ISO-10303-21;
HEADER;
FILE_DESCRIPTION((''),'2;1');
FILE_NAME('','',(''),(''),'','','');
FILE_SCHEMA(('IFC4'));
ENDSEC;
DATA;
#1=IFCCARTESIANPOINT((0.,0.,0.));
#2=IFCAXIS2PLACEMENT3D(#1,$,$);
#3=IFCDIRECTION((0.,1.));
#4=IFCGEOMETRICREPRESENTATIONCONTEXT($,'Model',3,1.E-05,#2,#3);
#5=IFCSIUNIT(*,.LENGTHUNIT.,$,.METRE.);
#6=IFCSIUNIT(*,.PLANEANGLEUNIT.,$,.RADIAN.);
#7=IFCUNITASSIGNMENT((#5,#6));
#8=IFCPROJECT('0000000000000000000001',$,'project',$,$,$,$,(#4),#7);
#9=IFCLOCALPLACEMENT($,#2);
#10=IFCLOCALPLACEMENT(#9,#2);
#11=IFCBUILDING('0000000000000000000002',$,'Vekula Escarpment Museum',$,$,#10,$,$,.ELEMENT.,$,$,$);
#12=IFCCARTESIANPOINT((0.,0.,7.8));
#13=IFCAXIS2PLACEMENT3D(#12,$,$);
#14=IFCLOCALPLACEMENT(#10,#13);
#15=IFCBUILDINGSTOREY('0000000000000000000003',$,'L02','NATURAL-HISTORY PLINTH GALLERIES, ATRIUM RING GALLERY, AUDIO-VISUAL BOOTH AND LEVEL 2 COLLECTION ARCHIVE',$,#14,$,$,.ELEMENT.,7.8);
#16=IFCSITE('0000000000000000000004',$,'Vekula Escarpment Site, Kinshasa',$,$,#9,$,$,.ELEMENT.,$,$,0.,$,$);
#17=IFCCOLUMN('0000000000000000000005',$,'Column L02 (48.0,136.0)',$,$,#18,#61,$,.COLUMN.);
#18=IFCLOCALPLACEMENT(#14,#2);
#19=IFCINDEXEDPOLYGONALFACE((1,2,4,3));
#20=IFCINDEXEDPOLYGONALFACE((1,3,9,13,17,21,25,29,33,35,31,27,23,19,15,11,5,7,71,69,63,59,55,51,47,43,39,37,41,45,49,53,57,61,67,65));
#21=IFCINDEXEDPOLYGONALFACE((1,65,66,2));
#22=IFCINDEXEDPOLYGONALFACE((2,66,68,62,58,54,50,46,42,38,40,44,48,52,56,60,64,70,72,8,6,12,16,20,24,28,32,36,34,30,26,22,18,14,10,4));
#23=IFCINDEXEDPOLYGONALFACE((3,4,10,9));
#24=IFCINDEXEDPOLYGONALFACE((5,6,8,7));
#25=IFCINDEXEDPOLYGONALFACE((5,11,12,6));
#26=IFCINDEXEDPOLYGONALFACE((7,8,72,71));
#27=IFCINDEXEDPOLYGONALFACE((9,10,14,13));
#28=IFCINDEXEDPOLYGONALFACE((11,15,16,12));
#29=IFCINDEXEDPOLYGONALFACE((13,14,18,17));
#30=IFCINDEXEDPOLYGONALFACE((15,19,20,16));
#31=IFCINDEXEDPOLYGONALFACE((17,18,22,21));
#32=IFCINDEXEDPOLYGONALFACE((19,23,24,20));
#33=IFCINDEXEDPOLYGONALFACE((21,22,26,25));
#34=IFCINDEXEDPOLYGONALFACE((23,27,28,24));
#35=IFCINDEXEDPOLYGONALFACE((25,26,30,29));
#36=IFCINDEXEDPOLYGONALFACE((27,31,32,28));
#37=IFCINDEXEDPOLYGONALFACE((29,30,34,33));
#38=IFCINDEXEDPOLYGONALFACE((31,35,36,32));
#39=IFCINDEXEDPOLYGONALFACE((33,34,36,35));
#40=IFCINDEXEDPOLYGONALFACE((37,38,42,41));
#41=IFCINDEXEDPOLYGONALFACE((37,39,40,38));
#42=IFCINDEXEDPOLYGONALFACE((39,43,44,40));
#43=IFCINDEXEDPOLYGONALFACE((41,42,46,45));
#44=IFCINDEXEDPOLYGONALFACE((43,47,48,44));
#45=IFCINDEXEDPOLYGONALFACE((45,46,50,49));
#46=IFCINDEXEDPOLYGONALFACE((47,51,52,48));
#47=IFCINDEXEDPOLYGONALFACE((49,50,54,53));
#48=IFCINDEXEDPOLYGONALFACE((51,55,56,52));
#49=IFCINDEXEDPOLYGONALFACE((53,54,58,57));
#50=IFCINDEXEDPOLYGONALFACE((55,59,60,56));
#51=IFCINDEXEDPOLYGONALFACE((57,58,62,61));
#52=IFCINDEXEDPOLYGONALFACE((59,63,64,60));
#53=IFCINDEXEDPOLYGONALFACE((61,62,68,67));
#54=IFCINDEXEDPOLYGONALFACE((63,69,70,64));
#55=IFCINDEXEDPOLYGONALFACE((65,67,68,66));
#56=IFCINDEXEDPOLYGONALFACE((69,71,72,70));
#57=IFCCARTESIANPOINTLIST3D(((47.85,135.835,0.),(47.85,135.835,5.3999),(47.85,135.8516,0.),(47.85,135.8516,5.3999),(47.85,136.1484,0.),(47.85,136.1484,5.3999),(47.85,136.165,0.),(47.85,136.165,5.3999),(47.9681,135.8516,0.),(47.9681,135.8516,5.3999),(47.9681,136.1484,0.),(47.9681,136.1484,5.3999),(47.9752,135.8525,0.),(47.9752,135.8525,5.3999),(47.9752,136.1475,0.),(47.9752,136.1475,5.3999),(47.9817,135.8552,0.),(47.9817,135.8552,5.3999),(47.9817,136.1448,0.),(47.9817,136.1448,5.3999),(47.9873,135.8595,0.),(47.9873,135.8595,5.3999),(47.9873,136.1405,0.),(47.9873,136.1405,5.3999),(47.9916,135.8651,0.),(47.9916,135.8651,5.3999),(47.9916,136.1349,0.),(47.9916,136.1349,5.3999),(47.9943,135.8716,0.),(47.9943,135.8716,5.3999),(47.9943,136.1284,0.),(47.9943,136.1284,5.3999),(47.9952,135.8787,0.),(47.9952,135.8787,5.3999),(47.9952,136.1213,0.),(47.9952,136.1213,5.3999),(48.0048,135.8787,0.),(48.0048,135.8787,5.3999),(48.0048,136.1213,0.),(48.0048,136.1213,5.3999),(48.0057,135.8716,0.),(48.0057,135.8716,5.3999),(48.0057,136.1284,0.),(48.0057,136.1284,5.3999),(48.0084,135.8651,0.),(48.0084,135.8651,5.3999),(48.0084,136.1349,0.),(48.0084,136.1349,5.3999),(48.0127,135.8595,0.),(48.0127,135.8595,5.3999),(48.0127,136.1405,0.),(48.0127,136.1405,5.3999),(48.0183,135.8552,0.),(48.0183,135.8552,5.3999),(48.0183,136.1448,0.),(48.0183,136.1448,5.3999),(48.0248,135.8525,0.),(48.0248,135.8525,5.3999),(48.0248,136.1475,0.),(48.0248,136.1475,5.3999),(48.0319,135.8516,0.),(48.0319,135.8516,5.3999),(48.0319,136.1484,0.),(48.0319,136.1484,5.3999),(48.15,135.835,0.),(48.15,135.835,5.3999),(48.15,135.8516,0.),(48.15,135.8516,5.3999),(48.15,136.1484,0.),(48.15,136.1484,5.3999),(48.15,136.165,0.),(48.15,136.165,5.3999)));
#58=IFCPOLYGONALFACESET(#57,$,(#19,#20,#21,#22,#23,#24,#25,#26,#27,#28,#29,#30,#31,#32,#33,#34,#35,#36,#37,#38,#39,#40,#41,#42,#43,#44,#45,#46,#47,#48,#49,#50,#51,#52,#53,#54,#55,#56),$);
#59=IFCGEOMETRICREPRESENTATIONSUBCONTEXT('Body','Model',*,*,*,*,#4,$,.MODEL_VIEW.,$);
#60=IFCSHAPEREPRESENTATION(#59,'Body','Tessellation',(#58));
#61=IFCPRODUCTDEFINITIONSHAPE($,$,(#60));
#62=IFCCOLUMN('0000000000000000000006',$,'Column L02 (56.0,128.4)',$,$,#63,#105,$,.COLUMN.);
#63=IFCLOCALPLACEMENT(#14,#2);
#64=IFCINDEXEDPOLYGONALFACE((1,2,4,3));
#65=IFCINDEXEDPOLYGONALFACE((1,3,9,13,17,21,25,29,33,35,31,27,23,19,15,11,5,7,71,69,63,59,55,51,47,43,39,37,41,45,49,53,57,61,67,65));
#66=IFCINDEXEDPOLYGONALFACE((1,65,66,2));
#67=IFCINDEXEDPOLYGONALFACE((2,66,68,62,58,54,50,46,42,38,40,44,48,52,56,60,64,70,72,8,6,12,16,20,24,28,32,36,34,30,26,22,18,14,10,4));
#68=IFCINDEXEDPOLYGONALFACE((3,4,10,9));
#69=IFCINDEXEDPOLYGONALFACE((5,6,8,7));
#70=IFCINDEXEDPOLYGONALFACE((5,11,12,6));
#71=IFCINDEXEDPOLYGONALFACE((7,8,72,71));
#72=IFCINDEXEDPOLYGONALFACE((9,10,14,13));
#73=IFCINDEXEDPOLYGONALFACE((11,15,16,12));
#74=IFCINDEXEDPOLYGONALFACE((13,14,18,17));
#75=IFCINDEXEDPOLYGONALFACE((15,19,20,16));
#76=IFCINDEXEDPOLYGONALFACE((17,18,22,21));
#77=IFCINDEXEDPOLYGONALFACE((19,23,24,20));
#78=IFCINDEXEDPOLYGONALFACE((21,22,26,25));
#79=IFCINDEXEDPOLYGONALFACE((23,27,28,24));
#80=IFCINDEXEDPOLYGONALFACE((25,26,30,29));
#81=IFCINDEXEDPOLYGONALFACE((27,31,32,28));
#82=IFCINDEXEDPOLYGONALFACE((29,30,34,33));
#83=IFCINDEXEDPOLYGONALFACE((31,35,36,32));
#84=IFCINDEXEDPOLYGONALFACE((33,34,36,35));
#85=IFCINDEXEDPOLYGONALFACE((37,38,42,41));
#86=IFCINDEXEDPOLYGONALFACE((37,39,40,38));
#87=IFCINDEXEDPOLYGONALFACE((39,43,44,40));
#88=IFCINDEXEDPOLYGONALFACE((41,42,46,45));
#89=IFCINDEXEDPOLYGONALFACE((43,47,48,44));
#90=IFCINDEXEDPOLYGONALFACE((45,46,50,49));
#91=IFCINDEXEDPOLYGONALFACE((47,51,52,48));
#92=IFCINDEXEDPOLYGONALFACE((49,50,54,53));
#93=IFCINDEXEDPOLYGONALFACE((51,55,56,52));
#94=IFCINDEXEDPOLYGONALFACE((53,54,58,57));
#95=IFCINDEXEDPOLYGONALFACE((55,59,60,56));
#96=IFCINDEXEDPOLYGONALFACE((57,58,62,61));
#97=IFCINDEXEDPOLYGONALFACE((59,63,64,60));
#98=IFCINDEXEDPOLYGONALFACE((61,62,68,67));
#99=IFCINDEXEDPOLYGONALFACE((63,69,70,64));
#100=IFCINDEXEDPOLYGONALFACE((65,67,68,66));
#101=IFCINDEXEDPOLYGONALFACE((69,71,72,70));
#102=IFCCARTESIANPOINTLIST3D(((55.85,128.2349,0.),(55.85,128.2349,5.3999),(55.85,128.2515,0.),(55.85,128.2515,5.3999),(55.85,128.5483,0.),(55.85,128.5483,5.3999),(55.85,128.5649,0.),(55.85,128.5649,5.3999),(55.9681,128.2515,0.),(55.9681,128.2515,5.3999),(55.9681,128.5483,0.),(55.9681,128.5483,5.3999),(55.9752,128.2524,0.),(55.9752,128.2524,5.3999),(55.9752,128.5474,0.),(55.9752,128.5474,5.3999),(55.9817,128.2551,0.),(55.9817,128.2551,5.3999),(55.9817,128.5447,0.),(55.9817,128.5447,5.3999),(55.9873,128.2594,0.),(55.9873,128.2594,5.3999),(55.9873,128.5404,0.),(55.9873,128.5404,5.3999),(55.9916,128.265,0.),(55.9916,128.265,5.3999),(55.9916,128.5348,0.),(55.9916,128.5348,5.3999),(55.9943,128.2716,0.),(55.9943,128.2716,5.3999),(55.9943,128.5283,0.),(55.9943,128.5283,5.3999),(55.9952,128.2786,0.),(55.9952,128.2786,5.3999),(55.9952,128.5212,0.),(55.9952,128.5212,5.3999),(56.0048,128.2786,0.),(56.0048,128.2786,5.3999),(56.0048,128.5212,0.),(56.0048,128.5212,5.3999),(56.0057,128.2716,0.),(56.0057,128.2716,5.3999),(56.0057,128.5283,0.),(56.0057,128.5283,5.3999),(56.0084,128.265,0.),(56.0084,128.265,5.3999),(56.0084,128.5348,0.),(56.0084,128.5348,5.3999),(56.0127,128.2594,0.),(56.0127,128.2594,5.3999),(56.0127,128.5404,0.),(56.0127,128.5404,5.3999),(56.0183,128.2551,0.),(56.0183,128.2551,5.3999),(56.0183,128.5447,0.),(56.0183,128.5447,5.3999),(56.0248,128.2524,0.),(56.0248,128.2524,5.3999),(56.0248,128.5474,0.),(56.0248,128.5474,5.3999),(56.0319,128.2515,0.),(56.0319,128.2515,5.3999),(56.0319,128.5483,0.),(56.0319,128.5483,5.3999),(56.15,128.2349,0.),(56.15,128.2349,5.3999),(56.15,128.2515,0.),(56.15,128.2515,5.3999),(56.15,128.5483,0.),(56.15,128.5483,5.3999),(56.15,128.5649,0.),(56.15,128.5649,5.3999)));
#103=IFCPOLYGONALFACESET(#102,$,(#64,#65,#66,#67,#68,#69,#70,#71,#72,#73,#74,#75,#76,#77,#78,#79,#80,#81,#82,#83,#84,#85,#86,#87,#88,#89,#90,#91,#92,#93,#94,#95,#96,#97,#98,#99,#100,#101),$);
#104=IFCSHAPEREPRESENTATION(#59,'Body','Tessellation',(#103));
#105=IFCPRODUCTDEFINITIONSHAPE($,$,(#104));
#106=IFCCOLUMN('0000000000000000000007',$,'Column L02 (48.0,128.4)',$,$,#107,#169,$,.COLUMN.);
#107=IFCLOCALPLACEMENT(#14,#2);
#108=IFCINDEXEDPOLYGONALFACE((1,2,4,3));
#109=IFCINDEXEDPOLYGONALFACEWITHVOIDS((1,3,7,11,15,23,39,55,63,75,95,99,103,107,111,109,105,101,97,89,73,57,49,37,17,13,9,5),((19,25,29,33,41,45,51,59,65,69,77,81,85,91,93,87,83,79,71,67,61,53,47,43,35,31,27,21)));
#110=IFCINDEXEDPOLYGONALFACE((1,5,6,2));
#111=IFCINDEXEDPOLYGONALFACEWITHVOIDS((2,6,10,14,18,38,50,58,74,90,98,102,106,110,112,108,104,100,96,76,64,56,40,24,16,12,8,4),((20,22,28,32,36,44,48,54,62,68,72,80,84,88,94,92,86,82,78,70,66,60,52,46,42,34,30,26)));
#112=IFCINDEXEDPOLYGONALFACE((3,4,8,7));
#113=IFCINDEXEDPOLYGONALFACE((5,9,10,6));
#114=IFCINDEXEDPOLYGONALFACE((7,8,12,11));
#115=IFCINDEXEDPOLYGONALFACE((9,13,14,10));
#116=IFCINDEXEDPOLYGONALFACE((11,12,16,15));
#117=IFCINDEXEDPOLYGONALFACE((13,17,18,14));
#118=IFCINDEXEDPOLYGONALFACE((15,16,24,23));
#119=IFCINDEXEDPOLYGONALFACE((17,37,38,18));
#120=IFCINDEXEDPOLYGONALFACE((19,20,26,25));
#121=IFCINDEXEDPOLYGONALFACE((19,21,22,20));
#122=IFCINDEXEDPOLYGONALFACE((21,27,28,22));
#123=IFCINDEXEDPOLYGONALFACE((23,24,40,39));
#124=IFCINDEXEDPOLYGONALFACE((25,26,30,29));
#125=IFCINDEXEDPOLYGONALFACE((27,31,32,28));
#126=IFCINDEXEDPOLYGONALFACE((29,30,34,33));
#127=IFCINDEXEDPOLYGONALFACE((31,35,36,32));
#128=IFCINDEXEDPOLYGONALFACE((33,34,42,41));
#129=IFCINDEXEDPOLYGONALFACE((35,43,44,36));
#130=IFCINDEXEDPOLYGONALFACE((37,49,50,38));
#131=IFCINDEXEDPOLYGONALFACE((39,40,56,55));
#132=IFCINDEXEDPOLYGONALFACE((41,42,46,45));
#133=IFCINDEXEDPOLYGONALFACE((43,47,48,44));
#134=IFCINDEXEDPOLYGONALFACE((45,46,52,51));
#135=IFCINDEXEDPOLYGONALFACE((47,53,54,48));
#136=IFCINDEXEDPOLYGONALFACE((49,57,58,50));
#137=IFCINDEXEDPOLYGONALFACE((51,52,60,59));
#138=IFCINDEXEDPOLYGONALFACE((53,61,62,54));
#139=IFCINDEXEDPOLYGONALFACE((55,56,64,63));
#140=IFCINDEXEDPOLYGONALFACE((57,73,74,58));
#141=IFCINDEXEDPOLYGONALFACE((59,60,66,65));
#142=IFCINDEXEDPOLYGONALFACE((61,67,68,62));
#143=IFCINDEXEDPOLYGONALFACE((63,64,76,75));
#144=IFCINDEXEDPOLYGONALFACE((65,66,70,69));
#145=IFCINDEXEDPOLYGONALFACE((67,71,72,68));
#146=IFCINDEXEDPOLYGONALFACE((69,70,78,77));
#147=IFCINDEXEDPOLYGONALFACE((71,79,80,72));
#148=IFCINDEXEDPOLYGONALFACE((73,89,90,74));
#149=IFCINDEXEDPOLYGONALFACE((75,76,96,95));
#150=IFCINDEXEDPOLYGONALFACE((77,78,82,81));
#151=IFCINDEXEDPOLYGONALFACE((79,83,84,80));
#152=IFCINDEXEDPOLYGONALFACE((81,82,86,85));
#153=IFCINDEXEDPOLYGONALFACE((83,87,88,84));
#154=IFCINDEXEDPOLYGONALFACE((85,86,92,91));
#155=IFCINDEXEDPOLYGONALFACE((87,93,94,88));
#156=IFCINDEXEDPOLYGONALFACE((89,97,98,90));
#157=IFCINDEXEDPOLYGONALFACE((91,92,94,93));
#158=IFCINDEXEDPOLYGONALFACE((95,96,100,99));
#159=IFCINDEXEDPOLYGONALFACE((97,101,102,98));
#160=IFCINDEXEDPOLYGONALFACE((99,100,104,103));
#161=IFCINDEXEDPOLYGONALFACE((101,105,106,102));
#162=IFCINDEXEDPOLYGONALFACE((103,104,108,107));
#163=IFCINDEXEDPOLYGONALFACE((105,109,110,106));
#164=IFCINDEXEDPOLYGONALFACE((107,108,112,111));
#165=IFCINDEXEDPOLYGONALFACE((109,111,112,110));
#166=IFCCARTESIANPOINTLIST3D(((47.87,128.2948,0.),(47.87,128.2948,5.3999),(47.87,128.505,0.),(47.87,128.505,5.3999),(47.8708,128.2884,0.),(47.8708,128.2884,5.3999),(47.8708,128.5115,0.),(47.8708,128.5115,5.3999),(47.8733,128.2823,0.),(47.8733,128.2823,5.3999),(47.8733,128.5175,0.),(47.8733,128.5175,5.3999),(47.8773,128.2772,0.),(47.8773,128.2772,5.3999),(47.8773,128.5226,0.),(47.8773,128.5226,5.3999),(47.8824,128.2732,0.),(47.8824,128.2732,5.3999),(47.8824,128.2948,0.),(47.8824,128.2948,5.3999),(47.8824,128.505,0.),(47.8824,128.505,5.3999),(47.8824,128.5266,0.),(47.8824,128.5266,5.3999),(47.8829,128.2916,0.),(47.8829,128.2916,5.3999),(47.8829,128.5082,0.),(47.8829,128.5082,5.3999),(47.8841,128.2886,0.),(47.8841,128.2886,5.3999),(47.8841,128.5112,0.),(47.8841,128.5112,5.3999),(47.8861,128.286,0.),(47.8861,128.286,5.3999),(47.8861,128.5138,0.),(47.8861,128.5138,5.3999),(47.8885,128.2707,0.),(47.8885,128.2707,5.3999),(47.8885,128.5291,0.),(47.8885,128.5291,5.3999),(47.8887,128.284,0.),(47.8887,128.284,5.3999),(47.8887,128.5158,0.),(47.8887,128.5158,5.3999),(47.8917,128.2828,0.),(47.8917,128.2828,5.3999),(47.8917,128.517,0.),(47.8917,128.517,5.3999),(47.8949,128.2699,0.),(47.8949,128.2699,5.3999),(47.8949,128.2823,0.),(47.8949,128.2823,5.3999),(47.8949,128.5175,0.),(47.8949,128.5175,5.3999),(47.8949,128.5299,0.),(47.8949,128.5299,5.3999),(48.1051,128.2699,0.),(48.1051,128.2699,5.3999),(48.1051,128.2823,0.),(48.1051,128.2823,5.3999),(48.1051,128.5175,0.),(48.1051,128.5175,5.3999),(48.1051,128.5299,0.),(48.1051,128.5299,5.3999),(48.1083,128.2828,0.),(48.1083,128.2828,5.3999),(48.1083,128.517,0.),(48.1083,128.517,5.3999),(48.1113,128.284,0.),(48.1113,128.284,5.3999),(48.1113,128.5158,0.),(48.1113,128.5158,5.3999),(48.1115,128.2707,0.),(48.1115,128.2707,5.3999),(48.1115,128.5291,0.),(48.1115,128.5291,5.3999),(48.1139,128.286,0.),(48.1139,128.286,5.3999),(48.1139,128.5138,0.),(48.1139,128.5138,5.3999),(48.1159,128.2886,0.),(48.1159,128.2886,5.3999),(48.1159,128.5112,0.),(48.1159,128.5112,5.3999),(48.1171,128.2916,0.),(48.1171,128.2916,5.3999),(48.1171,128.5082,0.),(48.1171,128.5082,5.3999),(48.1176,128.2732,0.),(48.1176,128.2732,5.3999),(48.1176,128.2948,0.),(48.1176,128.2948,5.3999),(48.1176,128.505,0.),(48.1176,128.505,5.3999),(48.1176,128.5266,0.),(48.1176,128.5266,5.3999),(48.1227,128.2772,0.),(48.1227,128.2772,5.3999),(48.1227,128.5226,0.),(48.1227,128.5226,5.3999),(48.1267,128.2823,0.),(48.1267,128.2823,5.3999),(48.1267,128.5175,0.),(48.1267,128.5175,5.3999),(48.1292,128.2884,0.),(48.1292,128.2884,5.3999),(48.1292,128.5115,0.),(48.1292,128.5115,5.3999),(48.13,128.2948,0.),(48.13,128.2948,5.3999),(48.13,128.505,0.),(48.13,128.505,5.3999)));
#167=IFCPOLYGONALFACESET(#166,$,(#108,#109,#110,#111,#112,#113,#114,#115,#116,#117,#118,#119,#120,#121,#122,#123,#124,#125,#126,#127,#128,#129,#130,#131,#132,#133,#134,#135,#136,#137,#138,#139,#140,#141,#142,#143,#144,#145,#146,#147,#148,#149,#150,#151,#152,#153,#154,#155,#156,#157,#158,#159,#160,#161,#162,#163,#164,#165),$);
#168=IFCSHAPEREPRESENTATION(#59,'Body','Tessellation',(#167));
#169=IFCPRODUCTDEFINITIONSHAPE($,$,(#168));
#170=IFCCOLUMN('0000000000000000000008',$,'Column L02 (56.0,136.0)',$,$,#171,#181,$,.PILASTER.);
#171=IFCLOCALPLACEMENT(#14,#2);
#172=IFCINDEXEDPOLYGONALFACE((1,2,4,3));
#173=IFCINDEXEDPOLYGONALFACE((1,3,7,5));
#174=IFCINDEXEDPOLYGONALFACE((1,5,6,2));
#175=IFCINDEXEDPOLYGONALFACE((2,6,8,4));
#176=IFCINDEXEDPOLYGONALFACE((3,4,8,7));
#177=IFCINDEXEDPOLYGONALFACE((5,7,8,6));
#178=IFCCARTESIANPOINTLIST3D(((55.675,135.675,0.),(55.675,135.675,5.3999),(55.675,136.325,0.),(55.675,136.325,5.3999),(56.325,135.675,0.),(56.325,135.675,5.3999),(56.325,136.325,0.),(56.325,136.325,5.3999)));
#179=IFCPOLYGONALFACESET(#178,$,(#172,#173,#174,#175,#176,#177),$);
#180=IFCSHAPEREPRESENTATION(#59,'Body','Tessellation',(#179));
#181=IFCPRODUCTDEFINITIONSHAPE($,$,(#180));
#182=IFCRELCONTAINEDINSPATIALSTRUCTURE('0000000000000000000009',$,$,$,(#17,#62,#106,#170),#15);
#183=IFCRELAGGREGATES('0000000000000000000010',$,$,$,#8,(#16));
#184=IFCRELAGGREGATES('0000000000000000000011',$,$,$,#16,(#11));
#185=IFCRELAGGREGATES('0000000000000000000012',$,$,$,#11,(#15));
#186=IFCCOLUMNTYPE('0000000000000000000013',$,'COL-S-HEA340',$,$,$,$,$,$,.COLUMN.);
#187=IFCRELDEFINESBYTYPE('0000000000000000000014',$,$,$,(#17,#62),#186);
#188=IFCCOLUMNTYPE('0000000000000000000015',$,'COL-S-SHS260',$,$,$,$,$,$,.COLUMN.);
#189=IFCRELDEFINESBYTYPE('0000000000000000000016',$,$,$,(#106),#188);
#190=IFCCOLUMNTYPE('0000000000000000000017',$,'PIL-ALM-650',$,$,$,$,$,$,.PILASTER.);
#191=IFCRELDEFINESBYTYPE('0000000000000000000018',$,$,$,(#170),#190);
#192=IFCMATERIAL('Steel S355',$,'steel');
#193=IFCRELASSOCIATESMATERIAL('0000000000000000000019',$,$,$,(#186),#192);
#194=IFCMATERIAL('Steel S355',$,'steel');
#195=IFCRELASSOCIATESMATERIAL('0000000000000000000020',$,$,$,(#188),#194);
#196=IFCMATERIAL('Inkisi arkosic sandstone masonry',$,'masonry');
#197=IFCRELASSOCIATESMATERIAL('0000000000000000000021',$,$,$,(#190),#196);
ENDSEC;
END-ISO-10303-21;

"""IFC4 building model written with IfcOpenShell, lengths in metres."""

from ifc_helpers import new_model, si_unit, direction, frame, origin, origin_2d, place, context, subcontext, project, spatial, rectangle, hollow_rectangle, i_section, extrude, material, material_profile, profile_set, type_object, element, save


model = new_model("IFC4")

# Units and contexts
model_context = context("Model", 3, precision=1e-05, world=origin(), true_north=direction((0.0, 1.0)))
body_context = subcontext(model_context, "Body", "Model", "MODEL_VIEW")
ifc_project = project(units=[si_unit("LENGTHUNIT", "METRE"), si_unit("PLANEANGLEUNIT", "RADIAN")], contexts=[model_context])

# Site, building, storey
site_placement = place(None, origin())
site = spatial("IfcSite", under=ifc_project, at=site_placement, Name="Vekula Escarpment Site, Kinshasa", CompositionType="ELEMENT", RefElevation=0.0)
building_placement = place(site_placement, origin())
building = spatial("IfcBuilding", under=site, at=building_placement, Name="Vekula Escarpment Museum", CompositionType="ELEMENT")
storey_placement = place(building_placement, frame((0.0, 0.0, 7.8)))
storey = spatial("IfcBuildingStorey", under=building, at=storey_placement, Name="L02", Description="NATURAL-HISTORY PLINTH GALLERIES, ATRIUM RING GALLERY, AUDIO-VISUAL BOOTH AND LEVEL 2 COLLECTION ARCHIVE", CompositionType="ELEMENT", Elevation=7.8)

# Columns
ifc_material_1 = material(Name="Steel S355", Category="steel")
ifc_material_profile_1 = material_profile(ifc_material_1, i_section(OverallWidth=0.3, OverallDepth=0.3301, WebThickness=0.0095, FlangeThickness=0.0166, FilletRadius=0.0271, at=origin_2d()), Name="HEA 340")
ifc_profile_set_1 = profile_set([ifc_material_profile_1], Name="Steel S355")
column_type_1 = type_object("IfcColumnType", Name="COL-S-HEA340", PredefinedType="COLUMN", material=ifc_profile_set_1)
for number, where, z_axis, x_axis, name in (
    (1, (48.0, 136.0, 0.0), (0.0, 0.0, 1.0), (1.0, 0.0, 0.0), "Column L02 (48.0,136.0)"),
    (2, (56.0, 128.3999, 0.0), (0.0, 0.0, 1.0), (1.0, 0.0, 0.0), "Column L02 (56.0,128.4)"),
):
    element("IfcColumn", number, at=place(storey_placement, frame(where, z_axis=z_axis, x_axis=x_axis)), inside=storey, type_object=column_type_1, Name=name, PredefinedType="COLUMN", context=body_context, shape_type="SweptSolid", body=[
        extrude(i_section(OverallWidth=0.3, OverallDepth=0.3301, WebThickness=0.0095, FlangeThickness=0.0166, FilletRadius=0.0271, at=origin_2d()), origin(), (0.0, 0.0, 1.0), 5.3999),
    ])
ifc_material_2 = material(Name="Steel S355", Category="steel")
ifc_material_profile_2 = material_profile(ifc_material_2, hollow_rectangle(XDim=0.26, YDim=0.26, WallThickness=0.0125, InnerFilletRadius=0.0125, OuterFilletRadius=0.0249, at=origin_2d()), Name="SHS 260x260x12.5")
ifc_profile_set_2 = profile_set([ifc_material_profile_2], Name="Steel S355")
column_type_2 = type_object("IfcColumnType", Name="COL-S-SHS260", PredefinedType="COLUMN", material=ifc_profile_set_2)
column_1_placement = place(storey_placement, frame((48.0, 128.3999, 0.0), z_axis=(0.0, 0.0, 1.0), x_axis=(1.0, 0.0, 0.0)))
element("IfcColumn", 3, at=column_1_placement, inside=storey, type_object=column_type_2, Name="Column L02 (48.0,128.4)", PredefinedType="COLUMN", context=body_context, shape_type="SweptSolid", body=[
    extrude(hollow_rectangle(XDim=0.26, YDim=0.26, WallThickness=0.0125, InnerFilletRadius=0.0125, OuterFilletRadius=0.0249, at=origin_2d()), origin(), (0.0, 0.0, 1.0), 5.3999),
])
ifc_material_3 = material(Name="Inkisi arkosic sandstone masonry", Category="masonry")
ifc_material_profile_3 = material_profile(ifc_material_3, rectangle(XDim=0.6499, YDim=0.6499, at=origin_2d()), Name="PIER 650x650")
ifc_profile_set_3 = profile_set([ifc_material_profile_3], Name="Inkisi arkosic sandstone masonry")
column_type_3 = type_object("IfcColumnType", Name="PIL-ALM-650", PredefinedType="PILASTER", material=ifc_profile_set_3)
column_2_placement = place(storey_placement, frame((56.0, 136.0, 0.0), z_axis=(0.0, 0.0, 1.0), x_axis=(1.0, 0.0, 0.0)))
element("IfcColumn", 4, at=column_2_placement, inside=storey, type_object=column_type_3, Name="Column L02 (56.0,136.0)", PredefinedType="PILASTER", context=body_context, shape_type="SweptSolid", body=[
    extrude(rectangle(XDim=0.6499, YDim=0.6499, at=origin_2d()), origin(), (0.0, 0.0, 1.0), 5.3999),
])

save(model, "model.ifc")
